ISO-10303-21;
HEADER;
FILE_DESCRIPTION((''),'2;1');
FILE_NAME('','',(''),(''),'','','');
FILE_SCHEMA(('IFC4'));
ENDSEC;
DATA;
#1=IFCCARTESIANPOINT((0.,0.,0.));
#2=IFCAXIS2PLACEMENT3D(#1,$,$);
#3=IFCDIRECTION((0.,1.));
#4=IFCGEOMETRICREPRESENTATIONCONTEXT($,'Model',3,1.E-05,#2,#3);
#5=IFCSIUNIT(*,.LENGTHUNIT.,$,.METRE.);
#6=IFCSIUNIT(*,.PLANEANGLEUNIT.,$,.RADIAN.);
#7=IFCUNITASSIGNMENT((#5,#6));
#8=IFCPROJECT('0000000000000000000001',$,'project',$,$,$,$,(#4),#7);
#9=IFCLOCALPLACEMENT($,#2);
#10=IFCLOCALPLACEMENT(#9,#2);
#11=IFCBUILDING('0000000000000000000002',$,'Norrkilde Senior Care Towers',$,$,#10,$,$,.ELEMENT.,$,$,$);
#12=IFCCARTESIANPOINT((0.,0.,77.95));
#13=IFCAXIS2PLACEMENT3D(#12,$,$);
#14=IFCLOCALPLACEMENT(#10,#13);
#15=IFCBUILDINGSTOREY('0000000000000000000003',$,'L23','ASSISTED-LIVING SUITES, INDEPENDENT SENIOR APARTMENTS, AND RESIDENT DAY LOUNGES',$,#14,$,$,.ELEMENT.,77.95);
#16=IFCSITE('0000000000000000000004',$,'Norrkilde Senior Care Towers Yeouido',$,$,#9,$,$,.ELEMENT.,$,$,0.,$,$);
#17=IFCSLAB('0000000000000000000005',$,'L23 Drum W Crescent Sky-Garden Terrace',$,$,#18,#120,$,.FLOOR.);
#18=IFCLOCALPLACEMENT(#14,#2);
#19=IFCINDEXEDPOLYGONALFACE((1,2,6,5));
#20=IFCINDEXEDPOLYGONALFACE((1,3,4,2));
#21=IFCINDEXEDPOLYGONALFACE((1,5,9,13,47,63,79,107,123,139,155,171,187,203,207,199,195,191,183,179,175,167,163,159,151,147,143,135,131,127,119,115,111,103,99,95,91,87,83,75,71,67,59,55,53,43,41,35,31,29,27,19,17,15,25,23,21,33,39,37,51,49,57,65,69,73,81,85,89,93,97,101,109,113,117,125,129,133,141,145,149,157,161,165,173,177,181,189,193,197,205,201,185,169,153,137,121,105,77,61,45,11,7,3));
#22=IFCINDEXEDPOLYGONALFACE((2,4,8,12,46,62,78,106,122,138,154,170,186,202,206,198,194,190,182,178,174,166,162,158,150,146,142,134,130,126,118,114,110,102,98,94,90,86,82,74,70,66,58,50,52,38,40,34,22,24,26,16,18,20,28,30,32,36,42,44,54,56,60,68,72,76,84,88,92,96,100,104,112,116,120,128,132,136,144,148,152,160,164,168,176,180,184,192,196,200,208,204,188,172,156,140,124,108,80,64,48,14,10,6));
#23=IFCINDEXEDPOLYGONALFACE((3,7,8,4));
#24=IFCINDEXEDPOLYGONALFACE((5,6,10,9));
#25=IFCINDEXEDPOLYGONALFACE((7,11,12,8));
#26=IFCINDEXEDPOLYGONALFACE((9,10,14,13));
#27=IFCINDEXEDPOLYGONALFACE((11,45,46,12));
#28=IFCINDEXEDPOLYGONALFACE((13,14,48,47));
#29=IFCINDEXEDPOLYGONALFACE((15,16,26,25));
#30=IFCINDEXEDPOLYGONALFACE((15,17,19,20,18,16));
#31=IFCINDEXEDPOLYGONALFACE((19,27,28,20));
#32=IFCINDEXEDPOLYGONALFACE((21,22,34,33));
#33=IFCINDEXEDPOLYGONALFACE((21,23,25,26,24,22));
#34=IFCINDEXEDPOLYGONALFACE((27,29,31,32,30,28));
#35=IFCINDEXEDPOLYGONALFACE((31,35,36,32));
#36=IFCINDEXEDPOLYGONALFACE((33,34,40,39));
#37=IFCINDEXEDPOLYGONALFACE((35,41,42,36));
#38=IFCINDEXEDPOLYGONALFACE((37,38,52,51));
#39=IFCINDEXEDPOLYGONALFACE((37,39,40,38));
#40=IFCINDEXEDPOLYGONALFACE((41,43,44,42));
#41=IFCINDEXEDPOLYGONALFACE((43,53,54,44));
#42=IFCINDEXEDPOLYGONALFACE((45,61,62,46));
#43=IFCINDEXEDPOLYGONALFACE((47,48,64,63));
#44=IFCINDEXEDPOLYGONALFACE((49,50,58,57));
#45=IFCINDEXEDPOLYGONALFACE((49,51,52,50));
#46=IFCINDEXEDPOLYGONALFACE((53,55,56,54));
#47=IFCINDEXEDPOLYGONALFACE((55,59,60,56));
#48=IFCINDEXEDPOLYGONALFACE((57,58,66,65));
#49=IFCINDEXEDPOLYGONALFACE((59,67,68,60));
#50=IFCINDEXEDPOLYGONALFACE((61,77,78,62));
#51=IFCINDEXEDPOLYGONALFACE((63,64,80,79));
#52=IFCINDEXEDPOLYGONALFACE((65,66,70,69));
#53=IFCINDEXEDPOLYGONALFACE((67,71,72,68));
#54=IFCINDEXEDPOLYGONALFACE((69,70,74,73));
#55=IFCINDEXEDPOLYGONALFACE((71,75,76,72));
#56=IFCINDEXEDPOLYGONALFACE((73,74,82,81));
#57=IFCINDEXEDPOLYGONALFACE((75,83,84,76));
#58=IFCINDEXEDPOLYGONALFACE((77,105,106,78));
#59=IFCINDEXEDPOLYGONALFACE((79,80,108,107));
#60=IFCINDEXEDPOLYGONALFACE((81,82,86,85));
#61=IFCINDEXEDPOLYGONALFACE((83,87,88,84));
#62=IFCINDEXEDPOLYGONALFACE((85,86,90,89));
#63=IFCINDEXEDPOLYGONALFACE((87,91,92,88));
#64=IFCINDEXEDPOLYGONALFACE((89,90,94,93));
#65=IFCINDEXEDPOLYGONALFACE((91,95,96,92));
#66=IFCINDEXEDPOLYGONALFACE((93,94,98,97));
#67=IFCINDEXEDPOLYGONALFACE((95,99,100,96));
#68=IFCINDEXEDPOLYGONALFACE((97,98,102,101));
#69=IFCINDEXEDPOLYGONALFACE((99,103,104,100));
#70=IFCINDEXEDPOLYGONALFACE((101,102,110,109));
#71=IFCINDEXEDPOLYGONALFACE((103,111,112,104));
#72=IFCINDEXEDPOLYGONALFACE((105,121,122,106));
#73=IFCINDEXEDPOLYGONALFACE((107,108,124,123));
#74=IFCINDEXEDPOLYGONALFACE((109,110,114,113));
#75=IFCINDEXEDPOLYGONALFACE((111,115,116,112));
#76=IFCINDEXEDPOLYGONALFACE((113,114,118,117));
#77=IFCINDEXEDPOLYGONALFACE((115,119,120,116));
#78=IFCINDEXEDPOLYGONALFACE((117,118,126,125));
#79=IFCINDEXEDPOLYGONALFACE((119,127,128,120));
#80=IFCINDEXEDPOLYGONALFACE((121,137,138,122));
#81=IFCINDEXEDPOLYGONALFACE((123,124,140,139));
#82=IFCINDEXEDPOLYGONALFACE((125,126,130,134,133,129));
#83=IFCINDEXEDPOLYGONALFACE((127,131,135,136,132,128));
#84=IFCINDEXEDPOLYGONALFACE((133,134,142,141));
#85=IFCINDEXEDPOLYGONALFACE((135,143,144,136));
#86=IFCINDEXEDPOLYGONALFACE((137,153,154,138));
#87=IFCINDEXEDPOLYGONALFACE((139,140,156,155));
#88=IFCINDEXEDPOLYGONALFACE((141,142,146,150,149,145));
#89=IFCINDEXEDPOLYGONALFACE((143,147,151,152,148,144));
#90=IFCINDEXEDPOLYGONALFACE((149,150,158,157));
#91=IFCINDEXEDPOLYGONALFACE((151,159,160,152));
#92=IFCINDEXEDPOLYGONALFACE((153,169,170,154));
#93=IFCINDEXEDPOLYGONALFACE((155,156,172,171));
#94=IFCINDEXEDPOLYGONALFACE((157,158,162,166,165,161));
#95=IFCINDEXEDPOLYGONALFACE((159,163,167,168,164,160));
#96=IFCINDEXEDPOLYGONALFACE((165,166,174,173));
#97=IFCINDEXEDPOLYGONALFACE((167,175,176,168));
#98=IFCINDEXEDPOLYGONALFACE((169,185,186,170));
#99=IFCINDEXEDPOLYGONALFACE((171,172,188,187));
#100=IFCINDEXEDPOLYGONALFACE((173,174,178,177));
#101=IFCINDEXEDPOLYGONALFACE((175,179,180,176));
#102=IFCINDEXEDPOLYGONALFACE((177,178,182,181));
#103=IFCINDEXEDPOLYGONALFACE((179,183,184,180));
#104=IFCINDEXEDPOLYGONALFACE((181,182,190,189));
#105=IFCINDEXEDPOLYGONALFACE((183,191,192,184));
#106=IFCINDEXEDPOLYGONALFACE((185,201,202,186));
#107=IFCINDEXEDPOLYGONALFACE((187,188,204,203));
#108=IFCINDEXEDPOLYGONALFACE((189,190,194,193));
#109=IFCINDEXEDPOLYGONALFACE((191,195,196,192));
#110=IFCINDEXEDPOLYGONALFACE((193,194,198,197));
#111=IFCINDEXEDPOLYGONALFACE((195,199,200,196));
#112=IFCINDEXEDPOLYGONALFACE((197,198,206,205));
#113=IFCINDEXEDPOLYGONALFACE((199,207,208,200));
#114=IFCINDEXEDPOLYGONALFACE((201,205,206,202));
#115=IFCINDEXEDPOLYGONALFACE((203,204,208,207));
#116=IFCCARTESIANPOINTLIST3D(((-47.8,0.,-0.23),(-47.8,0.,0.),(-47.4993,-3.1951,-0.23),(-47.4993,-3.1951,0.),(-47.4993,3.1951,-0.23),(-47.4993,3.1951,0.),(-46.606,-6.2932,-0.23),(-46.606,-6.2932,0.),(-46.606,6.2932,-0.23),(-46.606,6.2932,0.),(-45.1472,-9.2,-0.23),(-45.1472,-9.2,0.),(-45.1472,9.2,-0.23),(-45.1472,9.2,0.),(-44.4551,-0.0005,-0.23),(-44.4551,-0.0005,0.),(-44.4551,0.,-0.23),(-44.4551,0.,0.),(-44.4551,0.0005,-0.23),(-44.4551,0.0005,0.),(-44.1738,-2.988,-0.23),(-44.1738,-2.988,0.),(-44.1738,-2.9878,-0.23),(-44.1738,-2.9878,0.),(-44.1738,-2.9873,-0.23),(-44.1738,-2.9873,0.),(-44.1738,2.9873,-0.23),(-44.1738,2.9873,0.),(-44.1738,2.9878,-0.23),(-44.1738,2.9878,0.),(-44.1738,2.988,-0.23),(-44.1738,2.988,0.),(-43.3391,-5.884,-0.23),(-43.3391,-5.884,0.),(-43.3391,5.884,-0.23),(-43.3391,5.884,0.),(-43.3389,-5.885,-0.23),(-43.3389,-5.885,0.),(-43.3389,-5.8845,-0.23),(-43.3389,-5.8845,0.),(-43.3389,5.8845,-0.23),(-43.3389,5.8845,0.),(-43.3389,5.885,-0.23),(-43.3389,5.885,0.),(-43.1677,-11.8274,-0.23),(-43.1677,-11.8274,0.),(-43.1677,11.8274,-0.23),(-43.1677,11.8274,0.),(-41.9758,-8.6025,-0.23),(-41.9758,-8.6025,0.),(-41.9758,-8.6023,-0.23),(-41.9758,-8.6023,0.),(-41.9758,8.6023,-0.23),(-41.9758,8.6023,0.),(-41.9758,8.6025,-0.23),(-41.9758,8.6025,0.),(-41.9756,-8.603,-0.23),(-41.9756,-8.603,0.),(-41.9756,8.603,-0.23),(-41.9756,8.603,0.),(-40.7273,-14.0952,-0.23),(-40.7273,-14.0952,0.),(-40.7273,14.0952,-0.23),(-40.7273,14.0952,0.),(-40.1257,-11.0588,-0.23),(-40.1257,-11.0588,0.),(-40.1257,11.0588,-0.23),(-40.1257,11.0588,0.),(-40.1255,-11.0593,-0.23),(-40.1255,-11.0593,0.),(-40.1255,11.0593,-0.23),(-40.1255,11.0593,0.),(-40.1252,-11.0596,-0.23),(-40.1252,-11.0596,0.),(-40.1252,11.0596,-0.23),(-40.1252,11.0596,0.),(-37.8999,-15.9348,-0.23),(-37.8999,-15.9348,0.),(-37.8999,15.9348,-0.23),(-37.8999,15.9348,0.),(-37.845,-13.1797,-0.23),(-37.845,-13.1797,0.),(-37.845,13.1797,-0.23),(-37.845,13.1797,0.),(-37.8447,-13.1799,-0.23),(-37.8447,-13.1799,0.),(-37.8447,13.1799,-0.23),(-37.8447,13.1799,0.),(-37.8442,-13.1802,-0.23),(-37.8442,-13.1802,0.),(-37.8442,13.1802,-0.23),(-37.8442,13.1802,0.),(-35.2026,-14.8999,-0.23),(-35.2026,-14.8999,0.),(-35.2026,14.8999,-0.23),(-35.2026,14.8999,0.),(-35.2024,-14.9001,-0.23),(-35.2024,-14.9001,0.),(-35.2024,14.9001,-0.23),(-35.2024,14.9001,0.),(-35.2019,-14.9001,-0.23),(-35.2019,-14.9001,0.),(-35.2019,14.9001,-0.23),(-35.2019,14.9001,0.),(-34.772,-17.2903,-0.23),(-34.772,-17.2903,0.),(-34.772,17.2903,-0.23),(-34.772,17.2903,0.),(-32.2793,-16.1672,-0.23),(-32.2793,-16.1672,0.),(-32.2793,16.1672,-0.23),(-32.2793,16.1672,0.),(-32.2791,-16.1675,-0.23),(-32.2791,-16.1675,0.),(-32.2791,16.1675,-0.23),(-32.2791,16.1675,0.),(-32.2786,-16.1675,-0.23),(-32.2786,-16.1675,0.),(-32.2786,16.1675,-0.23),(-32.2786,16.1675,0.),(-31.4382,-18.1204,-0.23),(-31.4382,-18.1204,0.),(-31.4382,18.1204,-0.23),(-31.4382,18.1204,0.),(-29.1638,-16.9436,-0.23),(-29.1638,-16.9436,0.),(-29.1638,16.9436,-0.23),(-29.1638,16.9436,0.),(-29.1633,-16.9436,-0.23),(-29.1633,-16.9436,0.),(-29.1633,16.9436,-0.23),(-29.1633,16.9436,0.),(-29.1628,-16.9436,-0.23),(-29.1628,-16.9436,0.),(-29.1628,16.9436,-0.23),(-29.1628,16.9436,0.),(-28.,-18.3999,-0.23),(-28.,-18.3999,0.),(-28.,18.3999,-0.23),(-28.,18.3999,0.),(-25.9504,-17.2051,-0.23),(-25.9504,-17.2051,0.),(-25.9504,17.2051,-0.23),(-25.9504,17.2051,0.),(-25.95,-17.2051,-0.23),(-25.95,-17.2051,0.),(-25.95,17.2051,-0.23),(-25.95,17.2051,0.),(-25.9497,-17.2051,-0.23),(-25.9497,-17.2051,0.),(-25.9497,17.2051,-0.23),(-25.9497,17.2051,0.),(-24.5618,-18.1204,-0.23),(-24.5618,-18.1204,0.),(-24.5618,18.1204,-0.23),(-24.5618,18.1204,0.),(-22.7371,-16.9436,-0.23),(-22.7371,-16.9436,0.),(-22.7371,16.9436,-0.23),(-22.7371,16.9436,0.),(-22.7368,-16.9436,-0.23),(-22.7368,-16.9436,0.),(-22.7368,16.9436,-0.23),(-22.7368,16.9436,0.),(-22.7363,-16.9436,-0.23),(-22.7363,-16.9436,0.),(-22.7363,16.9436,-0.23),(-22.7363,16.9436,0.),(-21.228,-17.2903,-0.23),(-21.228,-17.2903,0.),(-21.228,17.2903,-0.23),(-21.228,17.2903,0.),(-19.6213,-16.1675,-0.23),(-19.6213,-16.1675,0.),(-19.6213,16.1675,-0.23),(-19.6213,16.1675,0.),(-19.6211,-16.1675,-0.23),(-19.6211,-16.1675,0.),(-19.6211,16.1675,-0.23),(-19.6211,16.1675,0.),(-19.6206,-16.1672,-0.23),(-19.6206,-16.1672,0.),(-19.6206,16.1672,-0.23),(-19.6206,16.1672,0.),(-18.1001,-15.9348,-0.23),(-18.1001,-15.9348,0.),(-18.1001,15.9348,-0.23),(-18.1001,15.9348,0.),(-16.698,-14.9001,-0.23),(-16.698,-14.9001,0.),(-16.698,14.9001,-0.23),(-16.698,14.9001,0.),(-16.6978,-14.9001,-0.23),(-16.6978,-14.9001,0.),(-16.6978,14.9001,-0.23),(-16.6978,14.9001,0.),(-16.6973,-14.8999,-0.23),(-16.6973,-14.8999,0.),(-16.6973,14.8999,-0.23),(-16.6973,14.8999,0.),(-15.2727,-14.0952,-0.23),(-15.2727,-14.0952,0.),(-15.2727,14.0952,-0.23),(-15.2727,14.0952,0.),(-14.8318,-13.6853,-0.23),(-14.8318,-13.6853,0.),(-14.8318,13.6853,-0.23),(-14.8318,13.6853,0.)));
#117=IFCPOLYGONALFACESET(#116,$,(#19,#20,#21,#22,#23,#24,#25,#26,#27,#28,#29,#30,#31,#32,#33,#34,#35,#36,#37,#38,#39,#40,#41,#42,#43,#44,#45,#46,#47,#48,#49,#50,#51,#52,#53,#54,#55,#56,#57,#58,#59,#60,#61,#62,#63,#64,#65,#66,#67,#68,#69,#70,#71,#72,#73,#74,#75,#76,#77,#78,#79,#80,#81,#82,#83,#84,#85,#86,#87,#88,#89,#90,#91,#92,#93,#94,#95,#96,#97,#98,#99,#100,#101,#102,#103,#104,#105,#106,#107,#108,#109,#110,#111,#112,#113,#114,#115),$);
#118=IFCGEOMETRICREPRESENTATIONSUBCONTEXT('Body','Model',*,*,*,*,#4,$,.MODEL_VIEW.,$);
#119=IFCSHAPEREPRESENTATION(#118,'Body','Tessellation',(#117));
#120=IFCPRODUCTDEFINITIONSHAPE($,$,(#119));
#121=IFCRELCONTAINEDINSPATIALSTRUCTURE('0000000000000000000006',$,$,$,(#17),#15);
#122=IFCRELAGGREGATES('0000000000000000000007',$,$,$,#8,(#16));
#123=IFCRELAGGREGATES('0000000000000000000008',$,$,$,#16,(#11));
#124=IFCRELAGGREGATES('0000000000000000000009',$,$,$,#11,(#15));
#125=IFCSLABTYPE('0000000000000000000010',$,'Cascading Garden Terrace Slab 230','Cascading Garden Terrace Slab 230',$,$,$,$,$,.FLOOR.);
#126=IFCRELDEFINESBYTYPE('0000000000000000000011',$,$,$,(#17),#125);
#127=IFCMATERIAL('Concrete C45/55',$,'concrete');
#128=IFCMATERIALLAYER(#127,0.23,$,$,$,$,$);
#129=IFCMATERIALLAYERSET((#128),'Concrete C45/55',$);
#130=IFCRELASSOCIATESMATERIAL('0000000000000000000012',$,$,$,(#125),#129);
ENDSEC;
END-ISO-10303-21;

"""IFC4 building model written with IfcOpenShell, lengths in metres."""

from ifc_helpers import new_model, si_unit, direction, frame, origin, place, context, subcontext, project, spatial, polyline, outline, extrude, material, layer, layer_set, type_object, element, save


model = new_model("IFC4")

# Units and contexts
model_context = context("Model", 3, precision=1e-05, world=origin(), true_north=direction((0.0, 1.0)))
body_context = subcontext(model_context, "Body", "Model", "MODEL_VIEW")
ifc_project = project(units=[si_unit("LENGTHUNIT", "METRE"), si_unit("PLANEANGLEUNIT", "RADIAN")], contexts=[model_context])

# Site, building, storey
site_placement = place(None, origin())
site = spatial("IfcSite", under=ifc_project, at=site_placement, Name="Norrkilde Senior Care Towers Yeouido", CompositionType="ELEMENT", RefElevation=0.0)
building_placement = place(site_placement, origin())
building = spatial("IfcBuilding", under=site, at=building_placement, Name="Norrkilde Senior Care Towers", CompositionType="ELEMENT")
storey_placement = place(building_placement, frame((0.0, 0.0, 77.95)))
storey = spatial("IfcBuildingStorey", under=building, at=storey_placement, Name="L23", Description="ASSISTED-LIVING SUITES, INDEPENDENT SENIOR APARTMENTS, AND RESIDENT DAY LOUNGES", CompositionType="ELEMENT", Elevation=77.95)

# Slab
ifc_material_1 = material(Name="Concrete C45/55", Category="concrete")
ifc_layer_1 = layer(ifc_material_1, 0.23)
ifc_layer_set_1 = layer_set([ifc_layer_1], Name="Concrete C45/55")
slab_type_1 = type_object("IfcSlabType", Name="Cascading Garden Terrace Slab 230", Description="Cascading Garden Terrace Slab 230", PredefinedType="FLOOR", material=ifc_layer_set_1)
slab_1_placement = place(storey_placement, frame((0.0, 0.0, -0.23)))
element("IfcSlab", 1, at=slab_1_placement, inside=storey, type_object=slab_type_1, Name="L23 Drum W Crescent Sky-Garden Terrace", PredefinedType="FLOOR", context=body_context, shape_type="SweptSolid", body=[
    extrude(outline(polyline([(-15.2727, -14.0952), (-18.1001, -15.9348), (-21.228, -17.2903), (-24.5618, -18.1204), (-28.0, -18.3999), (-31.4382, -18.1204), (-34.772, -17.2903), (-37.8999, -15.9348), (-40.7273, -14.0952), (-43.1677, -11.8274), (-45.1472, -9.2), (-46.606, -6.2932), (-47.4993, -3.1951), (-47.8, 0.0), (-47.4993, 3.1951), (-46.606, 6.2932), (-45.1472, 9.2), (-43.1677, 11.8274), (-40.7273, 14.0952), (-37.8999, 15.9348), (-34.772, 17.2903), (-31.4382, 18.1204), (-28.0, 18.3999), (-24.5618, 18.1204), (-21.228, 17.2903), (-18.1001, 15.9348), (-15.2727, 14.0952), (-14.8318, 13.6853), (-16.6973, 14.8999), (-16.6978, 14.9001), (-16.698, 14.9001), (-19.6206, 16.1672), (-19.6211, 16.1675), (-19.6213, 16.1675), (-22.7363, 16.9436), (-22.7368, 16.9436), (-22.7371, 16.9436), (-25.9497, 17.2051), (-25.95, 17.2051), (-25.9504, 17.2051), (-29.1628, 16.9436), (-29.1633, 16.9436), (-29.1638, 16.9436), (-32.2786, 16.1675), (-32.2791, 16.1675), (-32.2793, 16.1672), (-35.2019, 14.9001), (-35.2024, 14.9001), (-35.2026, 14.8999), (-37.8442, 13.1802), (-37.8447, 13.1799), (-37.845, 13.1797), (-40.1252, 11.0596), (-40.1255, 11.0593), (-40.1257, 11.0588), (-41.9756, 8.603), (-41.9758, 8.6025), (-41.9758, 8.6023), (-43.3389, 5.885), (-43.3389, 5.8845), (-43.3391, 5.884), (-44.1738, 2.988), (-44.1738, 2.9878), (-44.1738, 2.9873), (-44.4551, 0.0005), (-44.4551, 0.0), (-44.4551, -0.0005), (-44.1738, -2.9873), (-44.1738, -2.9878), (-44.1738, -2.988), (-43.3391, -5.884), (-43.3389, -5.8845), (-43.3389, -5.885), (-41.9758, -8.6023), (-41.9758, -8.6025), (-41.9756, -8.603), (-40.1257, -11.0588), (-40.1255, -11.0593), (-40.1252, -11.0596), (-37.845, -13.1797), (-37.8447, -13.1799), (-37.8442, -13.1802), (-35.2026, -14.8999), (-35.2024, -14.9001), (-35.2019, -14.9001), (-32.2793, -16.1672), (-32.2791, -16.1675), (-32.2786, -16.1675), (-29.1638, -16.9436), (-29.1633, -16.9436), (-29.1628, -16.9436), (-25.9504, -17.2051), (-25.95, -17.2051), (-25.9497, -17.2051), (-22.7371, -16.9436), (-22.7368, -16.9436), (-22.7363, -16.9436), (-19.6213, -16.1675), (-19.6211, -16.1675), (-19.6206, -16.1672), (-16.698, -14.9001), (-16.6978, -14.9001), (-16.6973, -14.8999), (-14.8318, -13.6853), (-15.2727, -14.0952)])), origin(), (0.0, 0.0, 1.0), 0.23),
])

save(model, "model.ifc")
